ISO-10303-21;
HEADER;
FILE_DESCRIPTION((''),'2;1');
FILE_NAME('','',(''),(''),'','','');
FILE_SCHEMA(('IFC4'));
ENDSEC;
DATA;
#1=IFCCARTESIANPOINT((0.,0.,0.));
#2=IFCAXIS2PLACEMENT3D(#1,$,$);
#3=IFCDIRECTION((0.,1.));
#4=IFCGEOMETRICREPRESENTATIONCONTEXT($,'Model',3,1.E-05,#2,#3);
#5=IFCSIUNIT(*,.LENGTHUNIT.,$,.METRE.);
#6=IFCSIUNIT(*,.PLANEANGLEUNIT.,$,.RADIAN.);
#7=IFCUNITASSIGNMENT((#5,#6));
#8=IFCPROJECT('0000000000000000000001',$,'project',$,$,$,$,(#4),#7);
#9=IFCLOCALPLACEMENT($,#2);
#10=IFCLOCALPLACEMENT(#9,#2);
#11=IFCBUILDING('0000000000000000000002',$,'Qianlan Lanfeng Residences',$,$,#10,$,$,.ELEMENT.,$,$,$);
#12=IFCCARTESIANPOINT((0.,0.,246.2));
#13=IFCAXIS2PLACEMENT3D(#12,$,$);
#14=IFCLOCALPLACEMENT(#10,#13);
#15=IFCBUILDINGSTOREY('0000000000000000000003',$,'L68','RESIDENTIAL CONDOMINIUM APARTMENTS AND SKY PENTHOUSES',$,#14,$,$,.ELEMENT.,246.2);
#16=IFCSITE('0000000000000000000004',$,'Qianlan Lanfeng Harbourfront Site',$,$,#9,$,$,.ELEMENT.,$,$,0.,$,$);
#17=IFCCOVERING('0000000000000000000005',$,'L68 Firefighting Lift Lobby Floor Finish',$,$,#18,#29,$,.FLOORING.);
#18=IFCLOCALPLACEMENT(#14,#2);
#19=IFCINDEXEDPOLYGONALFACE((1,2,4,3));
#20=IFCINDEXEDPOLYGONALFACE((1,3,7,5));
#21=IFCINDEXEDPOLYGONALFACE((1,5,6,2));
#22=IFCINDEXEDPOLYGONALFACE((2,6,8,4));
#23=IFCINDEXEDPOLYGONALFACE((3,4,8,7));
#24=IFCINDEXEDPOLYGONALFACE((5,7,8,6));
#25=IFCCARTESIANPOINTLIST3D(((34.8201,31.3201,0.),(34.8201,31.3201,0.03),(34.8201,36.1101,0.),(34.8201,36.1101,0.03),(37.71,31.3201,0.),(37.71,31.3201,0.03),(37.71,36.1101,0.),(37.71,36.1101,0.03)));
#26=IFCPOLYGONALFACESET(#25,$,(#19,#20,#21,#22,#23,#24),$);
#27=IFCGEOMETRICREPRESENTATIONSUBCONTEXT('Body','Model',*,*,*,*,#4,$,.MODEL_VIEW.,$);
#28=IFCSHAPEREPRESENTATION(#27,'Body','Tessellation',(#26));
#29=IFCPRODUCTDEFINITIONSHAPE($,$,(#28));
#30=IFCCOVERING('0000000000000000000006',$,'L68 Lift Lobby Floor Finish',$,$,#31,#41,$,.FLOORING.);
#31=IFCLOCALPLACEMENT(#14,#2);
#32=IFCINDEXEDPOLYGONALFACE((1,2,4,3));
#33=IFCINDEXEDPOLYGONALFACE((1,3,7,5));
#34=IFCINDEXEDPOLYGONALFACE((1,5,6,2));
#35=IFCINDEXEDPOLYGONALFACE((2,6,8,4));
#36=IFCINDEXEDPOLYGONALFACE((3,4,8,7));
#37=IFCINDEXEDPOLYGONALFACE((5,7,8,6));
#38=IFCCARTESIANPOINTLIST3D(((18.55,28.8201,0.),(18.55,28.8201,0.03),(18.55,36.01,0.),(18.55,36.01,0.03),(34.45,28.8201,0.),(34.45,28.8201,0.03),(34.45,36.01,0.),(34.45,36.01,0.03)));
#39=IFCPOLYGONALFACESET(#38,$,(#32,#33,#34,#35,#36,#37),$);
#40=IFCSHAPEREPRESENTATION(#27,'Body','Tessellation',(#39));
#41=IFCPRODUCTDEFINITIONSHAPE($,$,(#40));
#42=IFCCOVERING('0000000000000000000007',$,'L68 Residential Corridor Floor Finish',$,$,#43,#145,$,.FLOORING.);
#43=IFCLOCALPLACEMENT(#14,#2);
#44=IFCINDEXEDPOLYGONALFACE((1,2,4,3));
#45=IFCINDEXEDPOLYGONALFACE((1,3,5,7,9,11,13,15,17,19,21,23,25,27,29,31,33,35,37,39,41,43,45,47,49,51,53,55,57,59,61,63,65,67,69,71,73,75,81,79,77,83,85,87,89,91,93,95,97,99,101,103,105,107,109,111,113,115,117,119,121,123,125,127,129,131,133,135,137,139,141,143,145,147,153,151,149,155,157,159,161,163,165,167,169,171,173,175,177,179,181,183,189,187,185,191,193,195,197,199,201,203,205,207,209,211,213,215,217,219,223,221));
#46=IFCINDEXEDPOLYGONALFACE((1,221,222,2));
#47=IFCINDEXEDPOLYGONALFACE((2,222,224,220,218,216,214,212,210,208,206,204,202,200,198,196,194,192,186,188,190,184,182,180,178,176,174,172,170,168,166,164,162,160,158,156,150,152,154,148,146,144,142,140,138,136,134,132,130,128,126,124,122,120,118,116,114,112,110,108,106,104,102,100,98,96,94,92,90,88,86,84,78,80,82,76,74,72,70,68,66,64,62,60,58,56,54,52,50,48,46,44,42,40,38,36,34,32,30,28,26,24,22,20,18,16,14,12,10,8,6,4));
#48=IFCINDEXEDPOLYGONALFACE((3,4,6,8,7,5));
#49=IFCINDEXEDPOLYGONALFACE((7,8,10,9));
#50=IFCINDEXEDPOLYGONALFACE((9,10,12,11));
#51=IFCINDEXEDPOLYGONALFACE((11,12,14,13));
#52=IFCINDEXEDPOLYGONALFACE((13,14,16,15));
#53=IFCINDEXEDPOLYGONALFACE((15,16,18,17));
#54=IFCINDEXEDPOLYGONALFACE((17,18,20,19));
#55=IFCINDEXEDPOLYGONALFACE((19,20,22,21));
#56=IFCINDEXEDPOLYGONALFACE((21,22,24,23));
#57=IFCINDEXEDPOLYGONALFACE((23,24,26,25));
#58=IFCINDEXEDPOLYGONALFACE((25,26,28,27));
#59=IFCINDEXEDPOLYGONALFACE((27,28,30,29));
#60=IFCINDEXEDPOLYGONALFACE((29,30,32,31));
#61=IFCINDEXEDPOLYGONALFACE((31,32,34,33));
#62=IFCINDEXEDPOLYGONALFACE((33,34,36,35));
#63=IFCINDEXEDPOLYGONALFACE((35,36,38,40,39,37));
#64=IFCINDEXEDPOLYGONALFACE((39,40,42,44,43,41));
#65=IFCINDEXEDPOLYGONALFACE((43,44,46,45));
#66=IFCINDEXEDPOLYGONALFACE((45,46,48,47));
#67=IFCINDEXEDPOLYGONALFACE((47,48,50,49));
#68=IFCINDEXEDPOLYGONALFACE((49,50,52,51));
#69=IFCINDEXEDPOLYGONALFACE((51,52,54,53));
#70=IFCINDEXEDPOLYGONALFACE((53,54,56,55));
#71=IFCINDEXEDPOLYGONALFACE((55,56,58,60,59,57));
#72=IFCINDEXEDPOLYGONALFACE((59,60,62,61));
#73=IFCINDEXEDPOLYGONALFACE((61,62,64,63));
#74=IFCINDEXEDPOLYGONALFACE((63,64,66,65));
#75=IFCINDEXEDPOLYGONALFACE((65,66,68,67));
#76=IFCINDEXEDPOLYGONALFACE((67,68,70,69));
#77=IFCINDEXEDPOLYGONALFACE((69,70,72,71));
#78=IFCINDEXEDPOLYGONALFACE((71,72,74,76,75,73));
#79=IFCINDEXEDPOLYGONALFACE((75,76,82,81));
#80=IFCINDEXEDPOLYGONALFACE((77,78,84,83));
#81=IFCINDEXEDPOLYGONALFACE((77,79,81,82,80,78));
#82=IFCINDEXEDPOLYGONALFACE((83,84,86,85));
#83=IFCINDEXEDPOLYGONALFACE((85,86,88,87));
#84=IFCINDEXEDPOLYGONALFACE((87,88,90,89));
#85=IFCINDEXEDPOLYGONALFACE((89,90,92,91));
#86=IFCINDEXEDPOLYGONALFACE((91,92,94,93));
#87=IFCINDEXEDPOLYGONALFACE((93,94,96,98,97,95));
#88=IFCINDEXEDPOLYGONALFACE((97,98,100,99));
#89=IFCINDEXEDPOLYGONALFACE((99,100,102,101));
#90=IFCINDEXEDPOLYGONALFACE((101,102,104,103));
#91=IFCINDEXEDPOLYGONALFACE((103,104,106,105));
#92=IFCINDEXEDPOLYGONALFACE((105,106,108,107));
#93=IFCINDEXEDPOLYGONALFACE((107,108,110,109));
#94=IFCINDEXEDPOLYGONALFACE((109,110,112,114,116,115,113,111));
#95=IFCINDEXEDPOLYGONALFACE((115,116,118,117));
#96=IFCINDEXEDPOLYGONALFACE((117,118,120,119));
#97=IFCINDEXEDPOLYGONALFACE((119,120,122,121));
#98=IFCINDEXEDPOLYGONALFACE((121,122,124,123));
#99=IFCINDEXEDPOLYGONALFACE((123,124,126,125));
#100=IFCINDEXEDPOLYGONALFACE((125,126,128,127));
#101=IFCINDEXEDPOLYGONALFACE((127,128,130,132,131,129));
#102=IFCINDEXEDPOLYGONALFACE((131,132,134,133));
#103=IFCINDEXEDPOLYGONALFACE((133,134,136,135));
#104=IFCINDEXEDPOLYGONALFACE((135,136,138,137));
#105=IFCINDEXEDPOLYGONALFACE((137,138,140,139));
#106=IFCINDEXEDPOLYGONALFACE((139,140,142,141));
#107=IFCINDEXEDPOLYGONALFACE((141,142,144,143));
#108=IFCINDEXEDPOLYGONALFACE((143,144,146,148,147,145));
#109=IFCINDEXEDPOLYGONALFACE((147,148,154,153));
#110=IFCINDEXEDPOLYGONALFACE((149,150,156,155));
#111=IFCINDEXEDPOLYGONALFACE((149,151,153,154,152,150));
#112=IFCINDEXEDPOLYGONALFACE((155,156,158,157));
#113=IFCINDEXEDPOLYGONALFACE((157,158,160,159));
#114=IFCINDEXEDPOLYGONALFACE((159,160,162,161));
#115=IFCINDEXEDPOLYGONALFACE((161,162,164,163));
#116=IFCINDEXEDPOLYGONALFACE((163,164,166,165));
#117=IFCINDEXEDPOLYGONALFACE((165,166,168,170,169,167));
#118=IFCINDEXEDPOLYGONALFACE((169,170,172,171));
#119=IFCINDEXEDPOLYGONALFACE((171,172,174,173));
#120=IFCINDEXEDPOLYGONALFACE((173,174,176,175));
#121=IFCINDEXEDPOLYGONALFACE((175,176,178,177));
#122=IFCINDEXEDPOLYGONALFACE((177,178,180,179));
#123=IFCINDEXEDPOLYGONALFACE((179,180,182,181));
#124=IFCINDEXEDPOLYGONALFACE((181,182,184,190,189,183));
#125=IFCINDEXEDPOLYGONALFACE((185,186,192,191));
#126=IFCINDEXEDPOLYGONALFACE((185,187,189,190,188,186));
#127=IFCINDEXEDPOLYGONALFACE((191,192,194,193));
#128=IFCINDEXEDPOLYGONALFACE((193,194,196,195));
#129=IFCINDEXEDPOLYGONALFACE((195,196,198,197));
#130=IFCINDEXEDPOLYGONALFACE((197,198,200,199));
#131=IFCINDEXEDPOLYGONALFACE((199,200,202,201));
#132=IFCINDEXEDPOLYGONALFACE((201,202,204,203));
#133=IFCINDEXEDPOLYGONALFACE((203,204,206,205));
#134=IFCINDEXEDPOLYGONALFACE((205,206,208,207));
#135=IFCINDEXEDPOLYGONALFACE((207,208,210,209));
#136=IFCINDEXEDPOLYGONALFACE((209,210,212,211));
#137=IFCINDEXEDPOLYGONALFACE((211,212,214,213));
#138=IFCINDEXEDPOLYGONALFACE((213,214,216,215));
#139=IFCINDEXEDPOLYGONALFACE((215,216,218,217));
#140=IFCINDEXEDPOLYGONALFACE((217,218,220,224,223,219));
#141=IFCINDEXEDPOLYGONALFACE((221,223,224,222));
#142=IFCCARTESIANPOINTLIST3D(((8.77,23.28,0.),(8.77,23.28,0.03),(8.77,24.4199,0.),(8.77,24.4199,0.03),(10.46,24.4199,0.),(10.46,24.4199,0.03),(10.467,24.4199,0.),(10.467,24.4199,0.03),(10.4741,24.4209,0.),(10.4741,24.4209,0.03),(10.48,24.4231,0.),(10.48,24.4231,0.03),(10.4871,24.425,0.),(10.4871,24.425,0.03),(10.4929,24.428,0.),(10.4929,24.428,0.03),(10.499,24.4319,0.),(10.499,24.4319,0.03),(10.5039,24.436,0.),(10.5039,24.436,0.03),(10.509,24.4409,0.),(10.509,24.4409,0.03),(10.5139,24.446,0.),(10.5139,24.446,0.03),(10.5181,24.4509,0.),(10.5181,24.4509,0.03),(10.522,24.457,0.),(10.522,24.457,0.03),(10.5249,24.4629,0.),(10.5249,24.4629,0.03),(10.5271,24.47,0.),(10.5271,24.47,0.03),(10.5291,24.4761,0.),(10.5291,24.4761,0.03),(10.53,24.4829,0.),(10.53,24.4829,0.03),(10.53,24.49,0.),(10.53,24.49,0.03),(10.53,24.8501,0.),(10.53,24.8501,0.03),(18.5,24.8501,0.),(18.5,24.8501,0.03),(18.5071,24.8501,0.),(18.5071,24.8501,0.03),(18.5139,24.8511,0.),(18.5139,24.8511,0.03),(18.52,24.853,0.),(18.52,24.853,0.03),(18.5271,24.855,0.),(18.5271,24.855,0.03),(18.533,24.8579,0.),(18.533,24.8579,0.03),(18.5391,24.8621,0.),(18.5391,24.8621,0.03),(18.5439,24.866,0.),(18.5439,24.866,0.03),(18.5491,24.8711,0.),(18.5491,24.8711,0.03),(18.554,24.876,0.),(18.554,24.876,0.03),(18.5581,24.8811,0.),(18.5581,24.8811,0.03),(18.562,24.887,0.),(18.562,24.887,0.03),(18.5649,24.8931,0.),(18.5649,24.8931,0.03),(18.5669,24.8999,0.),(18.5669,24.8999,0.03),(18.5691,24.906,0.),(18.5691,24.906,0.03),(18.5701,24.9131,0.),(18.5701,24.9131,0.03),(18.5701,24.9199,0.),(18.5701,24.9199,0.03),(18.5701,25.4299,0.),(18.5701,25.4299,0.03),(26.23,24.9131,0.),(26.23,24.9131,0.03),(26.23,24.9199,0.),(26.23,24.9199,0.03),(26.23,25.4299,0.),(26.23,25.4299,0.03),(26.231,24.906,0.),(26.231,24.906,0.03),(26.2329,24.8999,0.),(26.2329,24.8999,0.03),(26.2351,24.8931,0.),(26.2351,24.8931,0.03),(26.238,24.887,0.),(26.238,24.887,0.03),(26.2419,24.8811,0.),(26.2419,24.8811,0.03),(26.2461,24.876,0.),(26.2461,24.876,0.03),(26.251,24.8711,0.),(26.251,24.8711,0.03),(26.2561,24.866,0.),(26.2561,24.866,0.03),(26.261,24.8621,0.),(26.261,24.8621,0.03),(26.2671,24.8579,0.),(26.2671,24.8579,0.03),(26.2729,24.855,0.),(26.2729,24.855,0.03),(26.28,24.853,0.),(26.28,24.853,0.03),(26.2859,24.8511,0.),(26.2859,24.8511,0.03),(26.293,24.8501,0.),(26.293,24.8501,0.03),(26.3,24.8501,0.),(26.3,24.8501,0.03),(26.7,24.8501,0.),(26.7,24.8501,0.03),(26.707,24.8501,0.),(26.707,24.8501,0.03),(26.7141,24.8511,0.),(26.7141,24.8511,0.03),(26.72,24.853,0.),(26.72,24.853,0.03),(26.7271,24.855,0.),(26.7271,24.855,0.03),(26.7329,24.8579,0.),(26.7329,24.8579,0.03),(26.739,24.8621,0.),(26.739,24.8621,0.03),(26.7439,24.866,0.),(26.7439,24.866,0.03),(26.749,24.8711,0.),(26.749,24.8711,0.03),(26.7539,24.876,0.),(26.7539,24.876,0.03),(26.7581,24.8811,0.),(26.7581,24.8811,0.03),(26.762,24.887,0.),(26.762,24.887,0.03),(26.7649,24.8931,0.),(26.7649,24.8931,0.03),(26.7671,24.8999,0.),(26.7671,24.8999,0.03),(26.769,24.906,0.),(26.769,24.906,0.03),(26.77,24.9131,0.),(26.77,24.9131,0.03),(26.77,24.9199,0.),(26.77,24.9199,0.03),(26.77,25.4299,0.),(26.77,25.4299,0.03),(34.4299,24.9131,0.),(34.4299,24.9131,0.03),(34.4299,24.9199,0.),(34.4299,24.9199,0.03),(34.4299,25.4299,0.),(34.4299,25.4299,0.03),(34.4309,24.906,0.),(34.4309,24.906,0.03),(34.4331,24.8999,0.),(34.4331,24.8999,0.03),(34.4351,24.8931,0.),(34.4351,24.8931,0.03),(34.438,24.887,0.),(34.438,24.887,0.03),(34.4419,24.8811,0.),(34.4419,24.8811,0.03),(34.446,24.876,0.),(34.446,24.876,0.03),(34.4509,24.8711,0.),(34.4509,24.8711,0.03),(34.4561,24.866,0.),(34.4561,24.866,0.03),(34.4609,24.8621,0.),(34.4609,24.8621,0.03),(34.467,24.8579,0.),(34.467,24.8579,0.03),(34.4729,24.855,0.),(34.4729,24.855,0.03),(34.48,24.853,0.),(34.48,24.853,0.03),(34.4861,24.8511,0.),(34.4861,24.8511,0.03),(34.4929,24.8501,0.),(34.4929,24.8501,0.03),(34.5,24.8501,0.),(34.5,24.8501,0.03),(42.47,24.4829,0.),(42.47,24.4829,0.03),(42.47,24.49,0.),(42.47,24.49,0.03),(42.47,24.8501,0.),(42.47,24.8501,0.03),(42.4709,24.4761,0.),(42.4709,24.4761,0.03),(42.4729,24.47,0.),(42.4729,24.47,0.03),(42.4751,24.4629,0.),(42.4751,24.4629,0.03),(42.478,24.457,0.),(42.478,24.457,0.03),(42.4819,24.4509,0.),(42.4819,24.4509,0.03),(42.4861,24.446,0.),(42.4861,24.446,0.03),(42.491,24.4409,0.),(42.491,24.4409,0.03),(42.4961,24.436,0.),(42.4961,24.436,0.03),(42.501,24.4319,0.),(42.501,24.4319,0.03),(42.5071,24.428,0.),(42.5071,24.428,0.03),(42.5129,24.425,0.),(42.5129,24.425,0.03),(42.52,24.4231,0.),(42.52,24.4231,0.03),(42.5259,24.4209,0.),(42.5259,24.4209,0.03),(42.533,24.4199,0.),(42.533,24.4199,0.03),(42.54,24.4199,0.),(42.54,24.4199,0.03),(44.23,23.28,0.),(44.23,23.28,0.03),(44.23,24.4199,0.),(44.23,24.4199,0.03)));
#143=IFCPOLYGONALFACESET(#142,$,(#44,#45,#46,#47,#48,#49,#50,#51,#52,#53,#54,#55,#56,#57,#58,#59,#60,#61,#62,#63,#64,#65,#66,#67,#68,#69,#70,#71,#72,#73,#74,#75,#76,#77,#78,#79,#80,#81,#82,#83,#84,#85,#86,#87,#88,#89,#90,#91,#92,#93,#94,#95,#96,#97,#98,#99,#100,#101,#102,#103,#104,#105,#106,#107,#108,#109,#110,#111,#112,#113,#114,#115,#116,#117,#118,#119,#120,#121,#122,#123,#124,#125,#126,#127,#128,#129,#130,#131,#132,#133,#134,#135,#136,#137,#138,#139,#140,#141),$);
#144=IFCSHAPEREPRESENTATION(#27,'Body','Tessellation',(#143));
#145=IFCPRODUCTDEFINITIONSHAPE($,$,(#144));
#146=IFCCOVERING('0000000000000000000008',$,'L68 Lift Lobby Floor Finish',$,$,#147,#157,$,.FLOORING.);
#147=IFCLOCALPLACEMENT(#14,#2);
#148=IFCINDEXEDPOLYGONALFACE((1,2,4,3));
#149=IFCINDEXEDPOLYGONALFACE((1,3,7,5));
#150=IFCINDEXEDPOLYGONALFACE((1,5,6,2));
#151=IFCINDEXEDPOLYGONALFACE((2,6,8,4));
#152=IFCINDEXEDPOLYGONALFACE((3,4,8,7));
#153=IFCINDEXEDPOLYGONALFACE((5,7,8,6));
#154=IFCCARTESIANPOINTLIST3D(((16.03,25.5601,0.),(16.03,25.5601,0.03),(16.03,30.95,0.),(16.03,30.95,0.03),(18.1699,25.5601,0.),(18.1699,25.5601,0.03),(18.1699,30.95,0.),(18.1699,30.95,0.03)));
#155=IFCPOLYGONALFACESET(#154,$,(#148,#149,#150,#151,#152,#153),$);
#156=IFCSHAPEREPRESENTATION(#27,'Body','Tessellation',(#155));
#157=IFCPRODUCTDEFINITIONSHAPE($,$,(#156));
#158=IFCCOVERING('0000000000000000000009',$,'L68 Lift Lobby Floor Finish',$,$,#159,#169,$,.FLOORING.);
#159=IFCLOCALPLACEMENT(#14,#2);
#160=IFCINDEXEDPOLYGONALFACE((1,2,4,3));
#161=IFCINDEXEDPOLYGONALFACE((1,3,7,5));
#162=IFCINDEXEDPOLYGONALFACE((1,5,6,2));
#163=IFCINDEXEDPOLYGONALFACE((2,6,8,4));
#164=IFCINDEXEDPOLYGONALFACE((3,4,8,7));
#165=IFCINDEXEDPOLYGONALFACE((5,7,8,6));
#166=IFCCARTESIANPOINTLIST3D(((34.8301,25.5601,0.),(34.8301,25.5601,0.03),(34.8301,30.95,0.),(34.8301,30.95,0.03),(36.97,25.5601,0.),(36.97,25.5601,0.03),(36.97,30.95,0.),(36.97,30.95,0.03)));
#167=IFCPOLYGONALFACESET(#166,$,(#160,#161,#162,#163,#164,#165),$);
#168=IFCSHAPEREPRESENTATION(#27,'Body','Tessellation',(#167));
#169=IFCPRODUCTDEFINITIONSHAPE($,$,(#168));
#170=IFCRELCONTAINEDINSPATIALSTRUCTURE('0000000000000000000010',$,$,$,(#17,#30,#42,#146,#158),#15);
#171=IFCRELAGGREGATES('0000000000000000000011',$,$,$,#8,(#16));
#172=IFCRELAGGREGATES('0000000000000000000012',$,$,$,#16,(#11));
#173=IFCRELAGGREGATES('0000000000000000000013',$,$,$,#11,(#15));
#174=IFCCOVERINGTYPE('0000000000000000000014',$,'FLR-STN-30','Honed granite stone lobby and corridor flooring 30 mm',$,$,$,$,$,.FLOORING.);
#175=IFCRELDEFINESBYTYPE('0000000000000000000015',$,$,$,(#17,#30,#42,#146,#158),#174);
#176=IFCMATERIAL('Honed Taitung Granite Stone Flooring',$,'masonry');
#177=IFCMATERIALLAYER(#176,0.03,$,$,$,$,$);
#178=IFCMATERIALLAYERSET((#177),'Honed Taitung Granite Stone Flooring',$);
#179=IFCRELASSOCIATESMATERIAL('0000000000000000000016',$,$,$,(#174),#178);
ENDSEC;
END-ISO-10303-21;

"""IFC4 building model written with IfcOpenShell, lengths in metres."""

from ifc_helpers import new_model, si_unit, direction, frame, origin, place, context, subcontext, project, spatial, polyline, outline, extrude, material, layer, layer_set, type_object, element, save


model = new_model("IFC4")

# Units and contexts
model_context = context("Model", 3, precision=1e-05, world=origin(), true_north=direction((0.0, 1.0)))
body_context = subcontext(model_context, "Body", "Model", "MODEL_VIEW")
ifc_project = project(units=[si_unit("LENGTHUNIT", "METRE"), si_unit("PLANEANGLEUNIT", "RADIAN")], contexts=[model_context])

# Site, building, storey
site_placement = place(None, origin())
site = spatial("IfcSite", under=ifc_project, at=site_placement, Name="Qianlan Lanfeng Harbourfront Site", CompositionType="ELEMENT", RefElevation=0.0)
building_placement = place(site_placement, origin())
building = spatial("IfcBuilding", under=site, at=building_placement, Name="Qianlan Lanfeng Residences", CompositionType="ELEMENT")
storey_placement = place(building_placement, frame((0.0, 0.0, 246.2)))
storey = spatial("IfcBuildingStorey", under=building, at=storey_placement, Name="L68", Description="RESIDENTIAL CONDOMINIUM APARTMENTS AND SKY PENTHOUSES", CompositionType="ELEMENT", Elevation=246.2)

# Coverings
ifc_material_1 = material(Name="Honed Taitung Granite Stone Flooring", Category="masonry")
ifc_layer_1 = layer(ifc_material_1, 0.03)
ifc_layer_set_1 = layer_set([ifc_layer_1], Name="Honed Taitung Granite Stone Flooring")
covering_type_1 = type_object("IfcCoveringType", Name="FLR-STN-30", Description="Honed granite stone lobby and corridor flooring 30 mm", PredefinedType="FLOORING", material=ifc_layer_set_1)
covering_1_placement = place(storey_placement, origin())
element("IfcCovering", 1, at=covering_1_placement, inside=storey, type_object=covering_type_1, Name="L68 Firefighting Lift Lobby Floor Finish", PredefinedType="FLOORING", context=body_context, shape_type="SweptSolid", body=[
    extrude(outline(polyline([(34.8201, 31.3201), (37.71, 31.3201), (37.71, 36.1101), (34.8201, 36.1101), (34.8201, 31.3201)])), origin(), (0.0, 0.0, 1.0), 0.03),
])
covering_2_placement = place(storey_placement, origin())
element("IfcCovering", 2, at=covering_2_placement, inside=storey, type_object=covering_type_1, Name="L68 Lift Lobby Floor Finish", PredefinedType="FLOORING", context=body_context, shape_type="SweptSolid", body=[
    extrude(outline(polyline([(18.55, 28.8201), (34.45, 28.8201), (34.45, 36.01), (18.55, 36.01), (18.55, 28.8201)])), origin(), (0.0, 0.0, 1.0), 0.03),
])
covering_3_placement = place(storey_placement, origin())
element("IfcCovering", 3, at=covering_3_placement, inside=storey, type_object=covering_type_1, Name="L68 Residential Corridor Floor Finish", PredefinedType="FLOORING", context=body_context, shape_type="SweptSolid", body=[
    extrude(outline(polyline([(8.77, 23.28), (44.23, 23.28), (44.23, 24.4199), (42.54, 24.4199), (42.533, 24.4199), (42.5259, 24.4209), (42.52, 24.4231), (42.5129, 24.425), (42.5071, 24.428), (42.501, 24.4319), (42.4961, 24.436), (42.491, 24.4409), (42.4861, 24.446), (42.4819, 24.4509), (42.478, 24.457), (42.4751, 24.4629), (42.4729, 24.47), (42.4709, 24.4761), (42.47, 24.4829), (42.47, 24.49), (42.47, 24.8501), (34.5, 24.8501), (34.4929, 24.8501), (34.4861, 24.8511), (34.48, 24.853), (34.4729, 24.855), (34.467, 24.8579), (34.4609, 24.8621), (34.4561, 24.866), (34.4509, 24.8711), (34.446, 24.876), (34.4419, 24.8811), (34.438, 24.887), (34.4351, 24.8931), (34.4331, 24.8999), (34.4309, 24.906), (34.4299, 24.9131), (34.4299, 24.9199), (34.4299, 25.4299), (26.77, 25.4299), (26.77, 24.9199), (26.77, 24.9131), (26.769, 24.906), (26.7671, 24.8999), (26.7649, 24.8931), (26.762, 24.887), (26.7581, 24.8811), (26.7539, 24.876), (26.749, 24.8711), (26.7439, 24.866), (26.739, 24.8621), (26.7329, 24.8579), (26.7271, 24.855), (26.72, 24.853), (26.7141, 24.8511), (26.707, 24.8501), (26.7, 24.8501), (26.3, 24.8501), (26.293, 24.8501), (26.2859, 24.8511), (26.28, 24.853), (26.2729, 24.855), (26.2671, 24.8579), (26.261, 24.8621), (26.2561, 24.866), (26.251, 24.8711), (26.2461, 24.876), (26.2419, 24.8811), (26.238, 24.887), (26.2351, 24.8931), (26.2329, 24.8999), (26.231, 24.906), (26.23, 24.9131), (26.23, 24.9199), (26.23, 25.4299), (18.5701, 25.4299), (18.5701, 24.9199), (18.5701, 24.9131), (18.5691, 24.906), (18.5669, 24.8999), (18.5649, 24.8931), (18.562, 24.887), (18.5581, 24.8811), (18.554, 24.876), (18.5491, 24.8711), (18.5439, 24.866), (18.5391, 24.8621), (18.533, 24.8579), (18.5271, 24.855), (18.52, 24.853), (18.5139, 24.8511), (18.5071, 24.8501), (18.5, 24.8501), (10.53, 24.8501), (10.53, 24.49), (10.53, 24.4829), (10.5291, 24.4761), (10.5271, 24.47), (10.5249, 24.4629), (10.522, 24.457), (10.5181, 24.4509), (10.5139, 24.446), (10.509, 24.4409), (10.5039, 24.436), (10.499, 24.4319), (10.4929, 24.428), (10.4871, 24.425), (10.48, 24.4231), (10.4741, 24.4209), (10.467, 24.4199), (10.46, 24.4199), (8.77, 24.4199), (8.77, 23.28)])), origin(), (0.0, 0.0, 1.0), 0.03),
])
covering_4_placement = place(storey_placement, origin())
element("IfcCovering", 4, at=covering_4_placement, inside=storey, type_object=covering_type_1, Name="L68 Lift Lobby Floor Finish", PredefinedType="FLOORING", context=body_context, shape_type="SweptSolid", body=[
    extrude(outline(polyline([(16.03, 25.5601), (18.1699, 25.5601), (18.1699, 30.95), (16.03, 30.95), (16.03, 25.5601)])), origin(), (0.0, 0.0, 1.0), 0.03),
])
covering_5_placement = place(storey_placement, origin())
element("IfcCovering", 5, at=covering_5_placement, inside=storey, type_object=covering_type_1, Name="L68 Lift Lobby Floor Finish", PredefinedType="FLOORING", context=body_context, shape_type="SweptSolid", body=[
    extrude(outline(polyline([(34.8301, 25.5601), (36.97, 25.5601), (36.97, 30.95), (34.8301, 30.95), (34.8301, 25.5601)])), origin(), (0.0, 0.0, 1.0), 0.03),
])

save(model, "model.ifc")
